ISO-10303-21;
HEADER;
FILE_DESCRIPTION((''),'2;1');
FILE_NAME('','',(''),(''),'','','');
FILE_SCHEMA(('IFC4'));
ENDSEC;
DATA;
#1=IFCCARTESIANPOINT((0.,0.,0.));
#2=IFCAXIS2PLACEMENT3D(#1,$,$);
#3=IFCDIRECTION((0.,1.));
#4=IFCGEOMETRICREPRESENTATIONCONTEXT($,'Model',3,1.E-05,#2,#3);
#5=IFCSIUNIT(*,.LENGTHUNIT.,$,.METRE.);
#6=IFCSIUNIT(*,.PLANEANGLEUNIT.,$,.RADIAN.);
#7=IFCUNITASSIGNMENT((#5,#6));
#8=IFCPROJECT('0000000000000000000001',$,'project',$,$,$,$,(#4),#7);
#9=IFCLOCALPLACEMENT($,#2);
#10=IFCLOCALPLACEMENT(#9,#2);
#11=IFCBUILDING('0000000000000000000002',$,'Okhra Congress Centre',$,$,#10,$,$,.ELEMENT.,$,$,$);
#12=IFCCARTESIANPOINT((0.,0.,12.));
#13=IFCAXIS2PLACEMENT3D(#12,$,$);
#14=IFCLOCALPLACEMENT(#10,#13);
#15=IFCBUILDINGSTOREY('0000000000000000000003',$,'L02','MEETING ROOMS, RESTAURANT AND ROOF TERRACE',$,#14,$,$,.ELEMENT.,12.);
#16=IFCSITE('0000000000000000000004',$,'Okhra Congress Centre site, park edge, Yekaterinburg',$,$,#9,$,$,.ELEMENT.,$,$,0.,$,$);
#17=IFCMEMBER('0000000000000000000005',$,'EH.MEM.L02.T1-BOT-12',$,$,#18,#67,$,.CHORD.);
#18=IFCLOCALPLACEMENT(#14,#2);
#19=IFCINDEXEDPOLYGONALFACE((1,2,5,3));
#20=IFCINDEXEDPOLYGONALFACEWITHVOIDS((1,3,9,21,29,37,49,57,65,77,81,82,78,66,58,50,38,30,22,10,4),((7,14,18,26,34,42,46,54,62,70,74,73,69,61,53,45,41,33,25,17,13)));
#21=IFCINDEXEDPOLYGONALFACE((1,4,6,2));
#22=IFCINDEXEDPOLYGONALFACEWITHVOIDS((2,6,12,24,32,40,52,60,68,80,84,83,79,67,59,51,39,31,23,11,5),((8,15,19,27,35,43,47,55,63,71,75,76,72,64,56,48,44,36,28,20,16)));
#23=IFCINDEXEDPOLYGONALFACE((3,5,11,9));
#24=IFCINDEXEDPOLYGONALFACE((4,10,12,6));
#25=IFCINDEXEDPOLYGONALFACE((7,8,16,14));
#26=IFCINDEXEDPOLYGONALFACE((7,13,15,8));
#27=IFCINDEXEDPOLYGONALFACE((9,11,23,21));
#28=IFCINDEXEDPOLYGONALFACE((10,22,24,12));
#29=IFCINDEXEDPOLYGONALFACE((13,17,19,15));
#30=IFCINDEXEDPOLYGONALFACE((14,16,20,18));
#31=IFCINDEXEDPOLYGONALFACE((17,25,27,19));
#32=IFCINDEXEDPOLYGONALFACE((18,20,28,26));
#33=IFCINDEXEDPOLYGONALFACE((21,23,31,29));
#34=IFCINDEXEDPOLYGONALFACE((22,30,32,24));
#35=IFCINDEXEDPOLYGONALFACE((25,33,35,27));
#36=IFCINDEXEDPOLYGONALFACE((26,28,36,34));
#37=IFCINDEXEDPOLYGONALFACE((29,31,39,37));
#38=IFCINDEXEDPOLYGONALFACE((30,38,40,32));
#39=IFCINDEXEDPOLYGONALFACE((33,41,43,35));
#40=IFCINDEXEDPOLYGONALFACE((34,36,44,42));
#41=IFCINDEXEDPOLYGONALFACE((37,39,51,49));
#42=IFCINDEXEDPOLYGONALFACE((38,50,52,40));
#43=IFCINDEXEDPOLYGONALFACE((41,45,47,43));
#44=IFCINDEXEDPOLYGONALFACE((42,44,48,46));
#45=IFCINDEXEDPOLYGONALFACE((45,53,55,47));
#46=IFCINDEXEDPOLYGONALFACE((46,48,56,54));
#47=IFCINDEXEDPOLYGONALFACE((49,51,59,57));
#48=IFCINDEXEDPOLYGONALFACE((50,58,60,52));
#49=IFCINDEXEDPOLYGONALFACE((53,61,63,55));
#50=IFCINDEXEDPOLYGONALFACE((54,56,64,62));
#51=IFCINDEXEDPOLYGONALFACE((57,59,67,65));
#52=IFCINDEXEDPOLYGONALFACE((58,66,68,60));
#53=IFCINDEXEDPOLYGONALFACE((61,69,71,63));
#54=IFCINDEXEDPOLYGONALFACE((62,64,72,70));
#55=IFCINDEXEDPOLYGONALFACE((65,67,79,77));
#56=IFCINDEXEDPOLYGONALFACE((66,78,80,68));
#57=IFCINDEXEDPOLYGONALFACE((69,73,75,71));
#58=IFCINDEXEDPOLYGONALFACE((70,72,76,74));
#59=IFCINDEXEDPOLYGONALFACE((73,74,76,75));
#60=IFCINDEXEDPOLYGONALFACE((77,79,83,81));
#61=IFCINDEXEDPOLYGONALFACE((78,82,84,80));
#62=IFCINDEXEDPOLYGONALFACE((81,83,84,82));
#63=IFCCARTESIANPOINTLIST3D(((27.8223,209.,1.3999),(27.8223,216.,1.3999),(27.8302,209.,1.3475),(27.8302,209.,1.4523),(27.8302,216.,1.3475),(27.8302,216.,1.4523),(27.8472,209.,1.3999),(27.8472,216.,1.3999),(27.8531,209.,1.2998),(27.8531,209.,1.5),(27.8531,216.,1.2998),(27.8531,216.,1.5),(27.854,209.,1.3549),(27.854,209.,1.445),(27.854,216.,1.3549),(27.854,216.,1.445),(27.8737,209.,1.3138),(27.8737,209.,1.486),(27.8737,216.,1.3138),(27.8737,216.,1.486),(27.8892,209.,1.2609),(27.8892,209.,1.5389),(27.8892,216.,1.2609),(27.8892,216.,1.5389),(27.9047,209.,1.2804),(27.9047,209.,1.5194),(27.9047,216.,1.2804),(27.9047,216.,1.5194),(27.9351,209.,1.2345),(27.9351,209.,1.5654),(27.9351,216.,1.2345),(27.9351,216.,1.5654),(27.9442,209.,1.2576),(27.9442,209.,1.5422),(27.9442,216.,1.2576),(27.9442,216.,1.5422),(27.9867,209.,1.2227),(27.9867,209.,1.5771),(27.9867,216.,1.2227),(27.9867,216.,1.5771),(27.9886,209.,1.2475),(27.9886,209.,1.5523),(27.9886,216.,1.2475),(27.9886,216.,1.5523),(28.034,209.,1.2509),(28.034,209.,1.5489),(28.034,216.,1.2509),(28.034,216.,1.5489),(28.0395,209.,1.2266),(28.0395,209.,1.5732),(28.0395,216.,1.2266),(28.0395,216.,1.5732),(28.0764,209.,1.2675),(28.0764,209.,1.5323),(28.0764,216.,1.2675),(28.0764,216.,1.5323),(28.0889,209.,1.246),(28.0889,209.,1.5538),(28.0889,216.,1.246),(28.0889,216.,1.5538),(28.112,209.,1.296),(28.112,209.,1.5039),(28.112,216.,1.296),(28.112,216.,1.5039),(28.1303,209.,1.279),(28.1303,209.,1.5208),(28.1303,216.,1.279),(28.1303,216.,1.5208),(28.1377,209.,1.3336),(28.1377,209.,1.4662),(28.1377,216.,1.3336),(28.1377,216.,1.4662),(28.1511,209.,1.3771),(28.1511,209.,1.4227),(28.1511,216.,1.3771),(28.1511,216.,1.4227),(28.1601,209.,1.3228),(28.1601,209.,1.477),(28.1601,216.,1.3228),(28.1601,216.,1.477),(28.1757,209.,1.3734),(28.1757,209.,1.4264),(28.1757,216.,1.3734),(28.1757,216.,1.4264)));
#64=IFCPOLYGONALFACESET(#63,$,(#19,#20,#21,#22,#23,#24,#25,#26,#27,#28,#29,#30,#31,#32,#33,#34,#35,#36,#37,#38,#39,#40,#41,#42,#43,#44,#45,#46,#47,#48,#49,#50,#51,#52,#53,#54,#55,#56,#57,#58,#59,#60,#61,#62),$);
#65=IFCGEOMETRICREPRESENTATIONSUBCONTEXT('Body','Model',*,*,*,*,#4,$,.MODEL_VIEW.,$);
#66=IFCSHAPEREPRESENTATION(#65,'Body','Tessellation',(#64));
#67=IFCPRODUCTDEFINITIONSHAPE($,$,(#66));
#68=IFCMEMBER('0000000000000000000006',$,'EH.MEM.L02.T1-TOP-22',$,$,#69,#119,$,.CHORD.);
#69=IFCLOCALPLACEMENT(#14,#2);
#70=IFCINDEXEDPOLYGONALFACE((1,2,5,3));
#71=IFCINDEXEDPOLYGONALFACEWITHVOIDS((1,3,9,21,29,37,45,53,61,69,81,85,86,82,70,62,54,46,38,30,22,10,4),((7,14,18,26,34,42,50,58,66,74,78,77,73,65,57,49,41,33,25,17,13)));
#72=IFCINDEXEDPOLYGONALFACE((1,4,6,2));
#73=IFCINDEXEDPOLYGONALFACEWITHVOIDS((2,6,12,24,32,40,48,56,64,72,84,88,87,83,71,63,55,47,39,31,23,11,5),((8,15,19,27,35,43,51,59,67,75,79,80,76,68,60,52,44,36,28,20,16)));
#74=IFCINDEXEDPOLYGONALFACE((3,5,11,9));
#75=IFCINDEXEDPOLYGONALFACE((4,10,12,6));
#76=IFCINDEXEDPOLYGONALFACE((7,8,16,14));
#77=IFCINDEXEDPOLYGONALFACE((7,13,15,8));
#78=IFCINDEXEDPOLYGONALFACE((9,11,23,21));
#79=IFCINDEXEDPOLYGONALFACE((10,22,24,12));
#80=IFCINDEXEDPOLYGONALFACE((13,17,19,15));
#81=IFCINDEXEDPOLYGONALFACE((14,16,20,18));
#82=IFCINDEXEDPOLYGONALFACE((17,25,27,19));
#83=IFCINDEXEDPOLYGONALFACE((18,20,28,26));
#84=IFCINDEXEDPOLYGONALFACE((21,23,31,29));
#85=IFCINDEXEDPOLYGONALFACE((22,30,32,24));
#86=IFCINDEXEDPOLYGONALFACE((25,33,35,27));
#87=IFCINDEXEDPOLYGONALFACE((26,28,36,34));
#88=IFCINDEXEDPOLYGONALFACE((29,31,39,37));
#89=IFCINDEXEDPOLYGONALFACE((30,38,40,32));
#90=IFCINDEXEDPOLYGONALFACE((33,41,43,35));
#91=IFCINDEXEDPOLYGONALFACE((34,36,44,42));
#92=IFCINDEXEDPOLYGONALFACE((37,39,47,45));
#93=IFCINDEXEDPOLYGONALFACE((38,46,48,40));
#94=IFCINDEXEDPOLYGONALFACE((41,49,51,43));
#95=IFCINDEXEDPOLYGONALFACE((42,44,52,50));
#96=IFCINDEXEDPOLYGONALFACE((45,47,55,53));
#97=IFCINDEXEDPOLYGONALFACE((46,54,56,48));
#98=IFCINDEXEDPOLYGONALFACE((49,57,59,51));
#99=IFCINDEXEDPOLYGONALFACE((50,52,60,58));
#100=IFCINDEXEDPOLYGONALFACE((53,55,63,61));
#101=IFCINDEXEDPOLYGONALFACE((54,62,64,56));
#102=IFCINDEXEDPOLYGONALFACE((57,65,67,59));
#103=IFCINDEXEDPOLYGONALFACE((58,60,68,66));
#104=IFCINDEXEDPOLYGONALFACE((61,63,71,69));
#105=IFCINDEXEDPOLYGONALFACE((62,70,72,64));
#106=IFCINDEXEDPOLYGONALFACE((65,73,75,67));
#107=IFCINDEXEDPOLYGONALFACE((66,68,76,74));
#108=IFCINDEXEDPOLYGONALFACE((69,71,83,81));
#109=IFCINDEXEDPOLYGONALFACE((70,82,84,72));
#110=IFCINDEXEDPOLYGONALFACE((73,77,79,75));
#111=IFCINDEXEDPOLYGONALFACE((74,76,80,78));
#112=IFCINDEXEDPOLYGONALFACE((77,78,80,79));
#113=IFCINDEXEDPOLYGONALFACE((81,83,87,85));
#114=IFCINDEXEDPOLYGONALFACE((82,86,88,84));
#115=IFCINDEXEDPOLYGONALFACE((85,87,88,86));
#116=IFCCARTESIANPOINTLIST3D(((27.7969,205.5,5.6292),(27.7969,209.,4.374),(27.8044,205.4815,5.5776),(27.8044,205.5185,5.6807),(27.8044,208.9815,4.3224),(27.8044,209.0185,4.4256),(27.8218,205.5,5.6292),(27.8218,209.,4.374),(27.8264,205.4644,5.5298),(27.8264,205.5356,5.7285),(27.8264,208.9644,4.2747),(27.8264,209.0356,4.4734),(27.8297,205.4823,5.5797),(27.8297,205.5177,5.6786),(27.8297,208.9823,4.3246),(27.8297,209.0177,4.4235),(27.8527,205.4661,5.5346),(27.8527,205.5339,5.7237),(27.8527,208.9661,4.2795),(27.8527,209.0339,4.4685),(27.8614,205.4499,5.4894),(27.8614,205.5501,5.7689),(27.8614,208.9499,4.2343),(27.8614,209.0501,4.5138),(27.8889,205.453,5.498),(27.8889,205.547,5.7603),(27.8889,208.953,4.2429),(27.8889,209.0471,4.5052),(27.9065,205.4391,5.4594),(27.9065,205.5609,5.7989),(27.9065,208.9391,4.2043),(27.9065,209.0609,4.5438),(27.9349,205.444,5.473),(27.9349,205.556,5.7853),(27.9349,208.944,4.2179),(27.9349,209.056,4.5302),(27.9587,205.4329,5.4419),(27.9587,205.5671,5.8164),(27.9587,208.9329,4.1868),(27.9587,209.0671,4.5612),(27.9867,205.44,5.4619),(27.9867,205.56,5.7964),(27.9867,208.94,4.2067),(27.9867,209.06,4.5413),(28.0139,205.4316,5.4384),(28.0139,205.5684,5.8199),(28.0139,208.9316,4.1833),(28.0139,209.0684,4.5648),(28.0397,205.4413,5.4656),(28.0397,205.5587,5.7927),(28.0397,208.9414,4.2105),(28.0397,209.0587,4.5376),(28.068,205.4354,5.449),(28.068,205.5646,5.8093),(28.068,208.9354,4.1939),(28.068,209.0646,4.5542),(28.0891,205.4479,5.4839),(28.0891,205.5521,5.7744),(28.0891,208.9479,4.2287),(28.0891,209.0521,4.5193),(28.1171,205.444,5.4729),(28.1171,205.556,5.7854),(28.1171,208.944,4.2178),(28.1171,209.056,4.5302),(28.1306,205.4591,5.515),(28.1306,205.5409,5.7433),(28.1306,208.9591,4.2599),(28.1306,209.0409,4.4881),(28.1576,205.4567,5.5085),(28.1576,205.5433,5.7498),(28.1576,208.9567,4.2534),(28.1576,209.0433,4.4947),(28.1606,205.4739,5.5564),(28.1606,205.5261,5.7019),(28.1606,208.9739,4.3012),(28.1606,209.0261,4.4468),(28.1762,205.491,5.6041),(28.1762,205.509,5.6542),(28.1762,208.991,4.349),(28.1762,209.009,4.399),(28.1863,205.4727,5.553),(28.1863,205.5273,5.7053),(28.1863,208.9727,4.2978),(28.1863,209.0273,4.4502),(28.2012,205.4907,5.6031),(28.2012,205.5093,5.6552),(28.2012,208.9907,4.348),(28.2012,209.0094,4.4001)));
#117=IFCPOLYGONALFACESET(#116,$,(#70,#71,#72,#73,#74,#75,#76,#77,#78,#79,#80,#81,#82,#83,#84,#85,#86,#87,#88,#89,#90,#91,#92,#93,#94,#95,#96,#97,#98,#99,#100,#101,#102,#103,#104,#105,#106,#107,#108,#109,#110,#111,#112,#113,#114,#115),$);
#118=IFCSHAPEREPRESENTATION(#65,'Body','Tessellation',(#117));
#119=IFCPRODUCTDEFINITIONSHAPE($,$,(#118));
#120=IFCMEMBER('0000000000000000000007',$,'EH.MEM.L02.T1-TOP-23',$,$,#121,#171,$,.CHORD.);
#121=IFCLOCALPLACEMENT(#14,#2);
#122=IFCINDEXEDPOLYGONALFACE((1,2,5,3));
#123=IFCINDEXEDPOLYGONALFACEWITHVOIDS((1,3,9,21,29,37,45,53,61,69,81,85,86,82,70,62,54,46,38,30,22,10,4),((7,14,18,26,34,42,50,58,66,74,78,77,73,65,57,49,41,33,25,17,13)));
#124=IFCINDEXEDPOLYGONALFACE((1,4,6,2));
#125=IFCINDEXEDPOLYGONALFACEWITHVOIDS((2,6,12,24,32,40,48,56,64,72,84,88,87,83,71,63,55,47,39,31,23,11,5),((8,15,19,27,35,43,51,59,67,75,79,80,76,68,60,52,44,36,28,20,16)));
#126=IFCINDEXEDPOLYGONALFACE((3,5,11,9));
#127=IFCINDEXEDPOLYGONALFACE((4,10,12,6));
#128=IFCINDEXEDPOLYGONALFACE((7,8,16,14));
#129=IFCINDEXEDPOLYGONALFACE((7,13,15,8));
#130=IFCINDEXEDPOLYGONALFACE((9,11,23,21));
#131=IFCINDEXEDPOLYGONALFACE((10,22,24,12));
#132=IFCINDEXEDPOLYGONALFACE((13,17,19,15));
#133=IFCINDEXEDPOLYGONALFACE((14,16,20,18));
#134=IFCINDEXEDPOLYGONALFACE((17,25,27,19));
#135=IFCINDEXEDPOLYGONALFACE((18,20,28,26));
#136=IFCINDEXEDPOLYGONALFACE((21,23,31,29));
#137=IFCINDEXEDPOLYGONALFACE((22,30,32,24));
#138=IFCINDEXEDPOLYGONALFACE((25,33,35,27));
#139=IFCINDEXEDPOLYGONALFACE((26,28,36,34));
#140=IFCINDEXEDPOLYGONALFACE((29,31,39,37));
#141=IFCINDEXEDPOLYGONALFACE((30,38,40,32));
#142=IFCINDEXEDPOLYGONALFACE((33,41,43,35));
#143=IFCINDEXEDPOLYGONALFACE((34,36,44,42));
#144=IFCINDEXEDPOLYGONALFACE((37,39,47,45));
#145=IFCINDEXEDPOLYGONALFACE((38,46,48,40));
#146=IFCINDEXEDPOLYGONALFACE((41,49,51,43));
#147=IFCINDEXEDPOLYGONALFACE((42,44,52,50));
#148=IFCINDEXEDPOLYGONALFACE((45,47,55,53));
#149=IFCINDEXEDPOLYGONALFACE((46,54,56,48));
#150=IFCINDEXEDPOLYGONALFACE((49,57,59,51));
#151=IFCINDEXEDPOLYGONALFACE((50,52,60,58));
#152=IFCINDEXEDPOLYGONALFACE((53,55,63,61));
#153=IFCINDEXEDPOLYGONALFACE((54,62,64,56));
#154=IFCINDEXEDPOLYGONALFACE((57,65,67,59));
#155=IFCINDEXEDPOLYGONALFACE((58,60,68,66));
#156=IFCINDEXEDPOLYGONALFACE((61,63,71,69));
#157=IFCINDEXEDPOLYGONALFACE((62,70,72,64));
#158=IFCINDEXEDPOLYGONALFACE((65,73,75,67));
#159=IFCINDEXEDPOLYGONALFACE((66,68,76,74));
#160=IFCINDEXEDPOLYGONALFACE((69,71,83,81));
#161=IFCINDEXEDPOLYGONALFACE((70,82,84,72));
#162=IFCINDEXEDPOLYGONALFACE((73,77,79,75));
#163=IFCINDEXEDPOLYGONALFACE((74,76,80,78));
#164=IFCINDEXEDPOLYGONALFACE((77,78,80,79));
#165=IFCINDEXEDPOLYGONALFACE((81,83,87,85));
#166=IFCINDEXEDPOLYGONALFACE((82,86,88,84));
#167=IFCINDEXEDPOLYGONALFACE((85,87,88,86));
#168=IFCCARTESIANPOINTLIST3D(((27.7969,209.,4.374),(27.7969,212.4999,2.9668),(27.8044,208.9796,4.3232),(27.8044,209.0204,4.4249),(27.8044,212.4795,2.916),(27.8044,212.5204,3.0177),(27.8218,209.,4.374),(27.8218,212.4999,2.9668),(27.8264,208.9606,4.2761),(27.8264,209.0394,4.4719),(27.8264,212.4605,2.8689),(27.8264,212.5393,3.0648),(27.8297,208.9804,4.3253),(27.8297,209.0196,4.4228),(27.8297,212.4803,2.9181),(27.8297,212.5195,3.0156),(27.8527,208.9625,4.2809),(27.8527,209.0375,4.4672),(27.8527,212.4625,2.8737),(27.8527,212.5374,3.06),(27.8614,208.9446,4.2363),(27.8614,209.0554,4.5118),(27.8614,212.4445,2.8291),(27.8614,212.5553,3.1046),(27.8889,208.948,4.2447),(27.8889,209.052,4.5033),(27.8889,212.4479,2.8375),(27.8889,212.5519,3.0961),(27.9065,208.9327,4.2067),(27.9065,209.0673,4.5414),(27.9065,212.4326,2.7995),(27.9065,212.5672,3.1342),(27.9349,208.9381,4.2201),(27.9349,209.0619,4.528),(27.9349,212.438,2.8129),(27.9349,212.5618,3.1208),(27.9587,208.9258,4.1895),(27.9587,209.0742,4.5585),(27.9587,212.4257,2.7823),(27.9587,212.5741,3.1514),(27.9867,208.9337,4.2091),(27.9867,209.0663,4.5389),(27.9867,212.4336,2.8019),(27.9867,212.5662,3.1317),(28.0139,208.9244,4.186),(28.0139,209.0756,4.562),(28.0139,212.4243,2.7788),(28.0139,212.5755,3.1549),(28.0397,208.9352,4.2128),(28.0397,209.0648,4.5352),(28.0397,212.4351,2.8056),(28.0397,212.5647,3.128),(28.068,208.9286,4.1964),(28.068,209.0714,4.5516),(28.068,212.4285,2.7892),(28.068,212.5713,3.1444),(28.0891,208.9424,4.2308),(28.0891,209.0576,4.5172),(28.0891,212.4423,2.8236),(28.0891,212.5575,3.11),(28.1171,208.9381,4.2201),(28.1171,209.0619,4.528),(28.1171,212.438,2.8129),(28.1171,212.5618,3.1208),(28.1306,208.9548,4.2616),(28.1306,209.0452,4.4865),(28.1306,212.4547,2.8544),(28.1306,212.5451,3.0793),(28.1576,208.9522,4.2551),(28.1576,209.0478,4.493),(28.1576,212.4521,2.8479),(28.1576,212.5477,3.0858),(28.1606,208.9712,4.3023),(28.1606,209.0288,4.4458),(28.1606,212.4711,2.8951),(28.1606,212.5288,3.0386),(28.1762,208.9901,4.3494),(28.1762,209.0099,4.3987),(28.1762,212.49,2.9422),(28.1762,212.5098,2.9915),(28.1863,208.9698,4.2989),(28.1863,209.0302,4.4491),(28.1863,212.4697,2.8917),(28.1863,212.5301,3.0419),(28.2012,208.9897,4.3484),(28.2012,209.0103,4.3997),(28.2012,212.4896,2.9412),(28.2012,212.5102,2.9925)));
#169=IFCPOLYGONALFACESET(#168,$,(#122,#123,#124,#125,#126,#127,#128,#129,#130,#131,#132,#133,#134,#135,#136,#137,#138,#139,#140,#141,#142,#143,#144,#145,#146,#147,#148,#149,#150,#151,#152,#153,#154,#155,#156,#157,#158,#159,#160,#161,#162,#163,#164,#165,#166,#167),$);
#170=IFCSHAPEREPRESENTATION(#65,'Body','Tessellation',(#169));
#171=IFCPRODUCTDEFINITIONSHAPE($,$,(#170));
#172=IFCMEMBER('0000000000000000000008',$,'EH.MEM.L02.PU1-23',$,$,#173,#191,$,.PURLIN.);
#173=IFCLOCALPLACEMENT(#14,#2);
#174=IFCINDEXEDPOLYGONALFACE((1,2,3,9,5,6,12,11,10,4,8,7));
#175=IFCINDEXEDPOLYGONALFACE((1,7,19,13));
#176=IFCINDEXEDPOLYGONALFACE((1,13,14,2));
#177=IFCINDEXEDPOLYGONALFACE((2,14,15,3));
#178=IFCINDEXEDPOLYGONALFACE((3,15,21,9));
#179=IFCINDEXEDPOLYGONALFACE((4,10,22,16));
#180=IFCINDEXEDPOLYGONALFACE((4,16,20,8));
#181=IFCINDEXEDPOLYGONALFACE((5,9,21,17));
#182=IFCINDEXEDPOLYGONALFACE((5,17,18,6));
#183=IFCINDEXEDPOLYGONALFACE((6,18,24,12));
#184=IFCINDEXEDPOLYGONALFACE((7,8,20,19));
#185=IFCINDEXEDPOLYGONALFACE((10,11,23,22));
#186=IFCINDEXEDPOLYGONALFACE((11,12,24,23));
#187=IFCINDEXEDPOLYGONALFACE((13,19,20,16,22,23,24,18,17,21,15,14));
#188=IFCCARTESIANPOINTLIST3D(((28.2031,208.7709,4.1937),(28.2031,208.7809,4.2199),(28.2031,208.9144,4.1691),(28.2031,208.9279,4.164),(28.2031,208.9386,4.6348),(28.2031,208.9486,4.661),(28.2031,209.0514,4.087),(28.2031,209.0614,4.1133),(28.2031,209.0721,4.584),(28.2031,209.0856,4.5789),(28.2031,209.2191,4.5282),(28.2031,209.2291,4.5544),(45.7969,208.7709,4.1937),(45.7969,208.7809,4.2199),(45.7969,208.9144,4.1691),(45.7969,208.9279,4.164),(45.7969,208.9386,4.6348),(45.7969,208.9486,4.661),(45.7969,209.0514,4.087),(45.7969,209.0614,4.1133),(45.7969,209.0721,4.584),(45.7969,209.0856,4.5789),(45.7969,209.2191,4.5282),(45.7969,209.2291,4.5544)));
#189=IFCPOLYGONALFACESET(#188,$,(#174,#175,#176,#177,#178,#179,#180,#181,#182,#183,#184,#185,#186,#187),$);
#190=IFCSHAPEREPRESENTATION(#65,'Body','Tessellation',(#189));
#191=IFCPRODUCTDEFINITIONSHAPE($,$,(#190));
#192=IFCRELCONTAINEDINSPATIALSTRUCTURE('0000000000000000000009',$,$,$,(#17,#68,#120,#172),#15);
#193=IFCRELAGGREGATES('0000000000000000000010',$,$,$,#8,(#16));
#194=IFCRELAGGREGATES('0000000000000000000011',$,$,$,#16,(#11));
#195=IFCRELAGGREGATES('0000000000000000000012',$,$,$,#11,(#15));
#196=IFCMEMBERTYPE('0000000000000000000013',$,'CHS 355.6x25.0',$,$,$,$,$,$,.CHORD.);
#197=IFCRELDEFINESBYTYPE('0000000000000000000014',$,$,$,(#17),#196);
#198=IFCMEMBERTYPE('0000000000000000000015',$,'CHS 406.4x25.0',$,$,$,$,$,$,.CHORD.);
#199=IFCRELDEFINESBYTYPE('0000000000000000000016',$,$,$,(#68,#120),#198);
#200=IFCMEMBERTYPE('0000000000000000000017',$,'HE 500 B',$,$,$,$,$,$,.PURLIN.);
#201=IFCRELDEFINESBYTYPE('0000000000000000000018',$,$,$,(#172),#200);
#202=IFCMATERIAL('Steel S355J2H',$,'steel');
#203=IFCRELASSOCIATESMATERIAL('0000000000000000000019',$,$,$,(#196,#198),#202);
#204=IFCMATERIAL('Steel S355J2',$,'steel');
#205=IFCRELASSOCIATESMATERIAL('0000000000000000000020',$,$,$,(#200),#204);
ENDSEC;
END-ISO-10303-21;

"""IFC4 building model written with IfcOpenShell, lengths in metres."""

from ifc_helpers import new_model, si_unit, direction, frame, origin, origin_2d, place, context, subcontext, project, spatial, hollow_circle, i_section, extrude, material, material_profile, profile_set, type_object, element, save


model = new_model("IFC4")

# Units and contexts
model_context = context("Model", 3, precision=1e-05, world=origin(), true_north=direction((0.0, 1.0)))
body_context = subcontext(model_context, "Body", "Model", "MODEL_VIEW")
ifc_project = project(units=[si_unit("LENGTHUNIT", "METRE"), si_unit("PLANEANGLEUNIT", "RADIAN")], contexts=[model_context])

# Site, building, storey
site_placement = place(None, origin())
site = spatial("IfcSite", under=ifc_project, at=site_placement, Name="Okhra Congress Centre site, park edge, Yekaterinburg", CompositionType="ELEMENT", RefElevation=0.0)
building_placement = place(site_placement, origin())
building = spatial("IfcBuilding", under=site, at=building_placement, Name="Okhra Congress Centre", CompositionType="ELEMENT")
storey_placement = place(building_placement, frame((0.0, 0.0, 12.0)))
storey = spatial("IfcBuildingStorey", under=building, at=storey_placement, Name="L02", Description="MEETING ROOMS, RESTAURANT AND ROOF TERRACE", CompositionType="ELEMENT", Elevation=12.0)

# Shared definitions
ifc_material_1 = material(Name="Steel S355J2", Category="steel")

# Members
ifc_material_2 = material(Name="Steel S355J2H", Category="steel")
ifc_material_profile_1 = material_profile(ifc_material_2, hollow_circle(Radius=0.1777, WallThickness=0.0249, at=origin_2d()), Name="CHS 355.6x25.0")
ifc_profile_set_1 = profile_set([ifc_material_profile_1], Name="Steel S355J2H")
member_type_1 = type_object("IfcMemberType", Name="CHS 355.6x25.0", PredefinedType="CHORD", material=ifc_profile_set_1)
member_1_placement = place(storey_placement, frame((28.0, 209.0, 1.3999), z_axis=(0.0, 1.0, 0.0), x_axis=(-1.0, 0.0, 0.0)))
element("IfcMember", 1, at=member_1_placement, inside=storey, type_object=member_type_1, Name="EH.MEM.L02.T1-BOT-12", PredefinedType="CHORD", context=body_context, shape_type="SweptSolid", body=[
    extrude(hollow_circle(Radius=0.1777, WallThickness=0.0249, at=origin_2d()), origin(), (0.0, 0.0, 1.0), 7.0),
])
ifc_material_profile_2 = material_profile(ifc_material_2, hollow_circle(Radius=0.2031, WallThickness=0.0249, at=origin_2d()), Name="CHS 406.4x25.0")
ifc_profile_set_2 = profile_set([ifc_material_profile_2], Name="Steel S355J2H")
member_type_2 = type_object("IfcMemberType", Name="CHS 406.4x25.0", PredefinedType="CHORD", material=ifc_profile_set_2)
member_2_placement = place(storey_placement, frame((28.0, 205.5, 5.6292), z_axis=(0.0, 0.941304, -0.337559), x_axis=(-1.0, 0.0, 0.0)))
element("IfcMember", 2, at=member_2_placement, inside=storey, type_object=member_type_2, Name="EH.MEM.L02.T1-TOP-22", PredefinedType="CHORD", context=body_context, shape_type="SweptSolid", body=[
    extrude(hollow_circle(Radius=0.2031, WallThickness=0.0249, at=origin_2d()), origin(), (0.0, 0.0, 1.0), 3.7183),
])
member_3_placement = place(storey_placement, frame((28.0, 209.0, 4.374), z_axis=(0.0, 0.927815, -0.373042), x_axis=(-1.0, 0.0, 0.0)))
element("IfcMember", 3, at=member_3_placement, inside=storey, type_object=member_type_2, Name="EH.MEM.L02.T1-TOP-23", PredefinedType="CHORD", context=body_context, shape_type="SweptSolid", body=[
    extrude(hollow_circle(Radius=0.2031, WallThickness=0.0249, at=origin_2d()), origin(), (0.0, 0.0, 1.0), 3.7722),
])
ifc_material_profile_3 = material_profile(ifc_material_1, i_section(OverallWidth=0.3, OverallDepth=0.5, WebThickness=0.0144, FlangeThickness=0.0281, at=origin_2d()), Name="HE 500 B")
ifc_profile_set_3 = profile_set([ifc_material_profile_3], Name="Steel S355J2")
member_type_3 = type_object("IfcMemberType", Name="HE 500 B", PredefinedType="PURLIN", material=ifc_profile_set_3)
member_4_placement = place(storey_placement, frame((28.2031, 209.0, 4.374), z_axis=(1.0, 0.0, 0.0), x_axis=(0.0, 0.934733, -0.355351)))
element("IfcMember", 4, at=member_4_placement, inside=storey, type_object=member_type_3, Name="EH.MEM.L02.PU1-23", PredefinedType="PURLIN", context=body_context, shape_type="SweptSolid", body=[
    extrude(i_section(OverallWidth=0.3, OverallDepth=0.5, WebThickness=0.0144, FlangeThickness=0.0281, at=origin_2d()), origin(), (0.0, 0.0, 1.0), 17.5938),
])

save(model, "model.ifc")
